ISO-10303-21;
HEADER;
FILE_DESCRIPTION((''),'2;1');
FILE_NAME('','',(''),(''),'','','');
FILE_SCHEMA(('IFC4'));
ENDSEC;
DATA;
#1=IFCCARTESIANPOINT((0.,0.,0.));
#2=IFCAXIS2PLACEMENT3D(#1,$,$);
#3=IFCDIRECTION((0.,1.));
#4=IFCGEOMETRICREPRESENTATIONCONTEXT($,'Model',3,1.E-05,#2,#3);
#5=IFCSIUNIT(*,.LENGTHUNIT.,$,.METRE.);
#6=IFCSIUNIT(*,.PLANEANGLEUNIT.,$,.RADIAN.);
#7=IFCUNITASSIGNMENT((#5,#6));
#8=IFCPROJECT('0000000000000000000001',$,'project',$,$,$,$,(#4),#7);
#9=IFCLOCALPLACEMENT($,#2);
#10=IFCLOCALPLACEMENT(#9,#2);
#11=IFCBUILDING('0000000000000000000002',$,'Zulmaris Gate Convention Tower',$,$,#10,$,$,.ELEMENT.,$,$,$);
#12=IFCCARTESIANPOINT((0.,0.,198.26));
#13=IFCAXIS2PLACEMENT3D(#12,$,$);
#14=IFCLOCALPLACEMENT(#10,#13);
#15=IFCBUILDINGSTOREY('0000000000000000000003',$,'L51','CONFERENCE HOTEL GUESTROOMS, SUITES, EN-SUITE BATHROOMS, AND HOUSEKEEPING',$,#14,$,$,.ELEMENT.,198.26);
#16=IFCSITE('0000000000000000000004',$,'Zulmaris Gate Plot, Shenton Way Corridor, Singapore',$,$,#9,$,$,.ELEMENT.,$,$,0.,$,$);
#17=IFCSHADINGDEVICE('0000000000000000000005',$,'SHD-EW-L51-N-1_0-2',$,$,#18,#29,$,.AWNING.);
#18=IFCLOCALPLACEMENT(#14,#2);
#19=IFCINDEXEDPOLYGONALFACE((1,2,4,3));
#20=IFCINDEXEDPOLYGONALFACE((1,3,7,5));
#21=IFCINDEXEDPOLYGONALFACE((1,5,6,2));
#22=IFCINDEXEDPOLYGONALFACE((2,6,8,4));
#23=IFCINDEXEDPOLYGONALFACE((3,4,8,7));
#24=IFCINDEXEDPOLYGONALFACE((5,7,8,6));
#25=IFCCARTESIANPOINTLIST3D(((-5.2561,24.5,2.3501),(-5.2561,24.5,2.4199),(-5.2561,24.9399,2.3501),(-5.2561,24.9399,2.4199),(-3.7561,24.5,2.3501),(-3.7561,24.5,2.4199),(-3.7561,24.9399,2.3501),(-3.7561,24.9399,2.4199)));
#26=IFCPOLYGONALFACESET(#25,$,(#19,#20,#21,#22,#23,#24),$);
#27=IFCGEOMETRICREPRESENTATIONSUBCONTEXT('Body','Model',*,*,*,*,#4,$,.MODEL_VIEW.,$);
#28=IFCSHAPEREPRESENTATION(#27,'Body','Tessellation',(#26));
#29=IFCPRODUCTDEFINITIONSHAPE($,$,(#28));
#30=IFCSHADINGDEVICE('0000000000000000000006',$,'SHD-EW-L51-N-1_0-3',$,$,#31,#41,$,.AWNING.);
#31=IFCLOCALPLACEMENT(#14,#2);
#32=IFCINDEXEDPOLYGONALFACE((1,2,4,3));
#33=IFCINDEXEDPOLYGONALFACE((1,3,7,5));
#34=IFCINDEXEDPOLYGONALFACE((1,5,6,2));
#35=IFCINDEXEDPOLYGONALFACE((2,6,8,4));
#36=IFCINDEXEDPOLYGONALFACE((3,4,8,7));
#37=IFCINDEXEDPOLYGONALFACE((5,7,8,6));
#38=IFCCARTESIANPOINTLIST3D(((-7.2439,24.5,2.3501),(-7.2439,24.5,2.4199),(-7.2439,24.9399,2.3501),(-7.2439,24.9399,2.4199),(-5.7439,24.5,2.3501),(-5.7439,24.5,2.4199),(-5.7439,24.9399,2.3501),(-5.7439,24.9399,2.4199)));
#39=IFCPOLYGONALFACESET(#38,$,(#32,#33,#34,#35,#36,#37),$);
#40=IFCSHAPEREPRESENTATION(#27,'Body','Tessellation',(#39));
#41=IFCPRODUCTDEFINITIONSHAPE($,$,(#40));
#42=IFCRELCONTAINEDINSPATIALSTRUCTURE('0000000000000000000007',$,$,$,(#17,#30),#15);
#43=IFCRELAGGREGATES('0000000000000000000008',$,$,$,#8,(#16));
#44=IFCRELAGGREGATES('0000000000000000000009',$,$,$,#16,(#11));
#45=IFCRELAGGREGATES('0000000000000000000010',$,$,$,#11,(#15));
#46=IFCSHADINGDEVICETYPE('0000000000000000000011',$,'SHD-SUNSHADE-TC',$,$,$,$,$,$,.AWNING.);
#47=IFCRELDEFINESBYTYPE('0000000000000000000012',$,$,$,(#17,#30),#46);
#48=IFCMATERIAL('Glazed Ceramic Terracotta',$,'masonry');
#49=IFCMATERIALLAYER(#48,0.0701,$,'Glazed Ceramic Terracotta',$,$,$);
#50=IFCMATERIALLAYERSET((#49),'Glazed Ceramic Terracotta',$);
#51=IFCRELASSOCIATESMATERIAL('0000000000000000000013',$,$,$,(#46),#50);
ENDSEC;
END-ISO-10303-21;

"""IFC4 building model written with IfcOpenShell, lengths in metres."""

from ifc_helpers import new_model, si_unit, direction, frame, frame_2d, origin, place, context, subcontext, project, spatial, rectangle, extrude, material, layer, layer_set, type_object, element, save


model = new_model("IFC4")

# Units and contexts
model_context = context("Model", 3, precision=1e-05, world=origin(), true_north=direction((0.0, 1.0)))
body_context = subcontext(model_context, "Body", "Model", "MODEL_VIEW")
ifc_project = project(units=[si_unit("LENGTHUNIT", "METRE"), si_unit("PLANEANGLEUNIT", "RADIAN")], contexts=[model_context])

# Site, building, storey
site_placement = place(None, origin())
site = spatial("IfcSite", under=ifc_project, at=site_placement, Name="Zulmaris Gate Plot, Shenton Way Corridor, Singapore", CompositionType="ELEMENT", RefElevation=0.0)
building_placement = place(site_placement, origin())
building = spatial("IfcBuilding", under=site, at=building_placement, Name="Zulmaris Gate Convention Tower", CompositionType="ELEMENT")
storey_placement = place(building_placement, frame((0.0, 0.0, 198.26)))
storey = spatial("IfcBuildingStorey", under=building, at=storey_placement, Name="L51", Description="CONFERENCE HOTEL GUESTROOMS, SUITES, EN-SUITE BATHROOMS, AND HOUSEKEEPING", CompositionType="ELEMENT", Elevation=198.26)

# Shading devices
ifc_material_1 = material(Name="Glazed Ceramic Terracotta", Category="masonry")
ifc_layer_1 = layer(ifc_material_1, 0.0701, Name="Glazed Ceramic Terracotta")
ifc_layer_set_1 = layer_set([ifc_layer_1], Name="Glazed Ceramic Terracotta")
shading_device_type = type_object("IfcShadingDeviceType", Name="SHD-SUNSHADE-TC", PredefinedType="AWNING", material=ifc_layer_set_1)
for number, where, z_axis, x_axis, name in (
    (1, (-3.7561, 24.72, 2.3501), (0.0, 0.0, 1.0), (-1.0, 0.0, 0.0), "SHD-EW-L51-N-1_0-2"),
    (2, (-5.7439, 24.72, 2.3501), (0.0, 0.0, 1.0), (-1.0, 0.0, 0.0), "SHD-EW-L51-N-1_0-3"),
):
    element("IfcShadingDevice", number, at=place(storey_placement, frame(where, z_axis=z_axis, x_axis=x_axis)), inside=storey, type_object=shading_device_type, Name=name, PredefinedType="AWNING", context=body_context, shape_type="SweptSolid", body=[
        extrude(rectangle(XDim=1.5, YDim=0.4399, at=frame_2d((0.75, 0.0))), origin(), (0.0, 0.0, 1.0), 0.0698),
    ])

save(model, "model.ifc")
